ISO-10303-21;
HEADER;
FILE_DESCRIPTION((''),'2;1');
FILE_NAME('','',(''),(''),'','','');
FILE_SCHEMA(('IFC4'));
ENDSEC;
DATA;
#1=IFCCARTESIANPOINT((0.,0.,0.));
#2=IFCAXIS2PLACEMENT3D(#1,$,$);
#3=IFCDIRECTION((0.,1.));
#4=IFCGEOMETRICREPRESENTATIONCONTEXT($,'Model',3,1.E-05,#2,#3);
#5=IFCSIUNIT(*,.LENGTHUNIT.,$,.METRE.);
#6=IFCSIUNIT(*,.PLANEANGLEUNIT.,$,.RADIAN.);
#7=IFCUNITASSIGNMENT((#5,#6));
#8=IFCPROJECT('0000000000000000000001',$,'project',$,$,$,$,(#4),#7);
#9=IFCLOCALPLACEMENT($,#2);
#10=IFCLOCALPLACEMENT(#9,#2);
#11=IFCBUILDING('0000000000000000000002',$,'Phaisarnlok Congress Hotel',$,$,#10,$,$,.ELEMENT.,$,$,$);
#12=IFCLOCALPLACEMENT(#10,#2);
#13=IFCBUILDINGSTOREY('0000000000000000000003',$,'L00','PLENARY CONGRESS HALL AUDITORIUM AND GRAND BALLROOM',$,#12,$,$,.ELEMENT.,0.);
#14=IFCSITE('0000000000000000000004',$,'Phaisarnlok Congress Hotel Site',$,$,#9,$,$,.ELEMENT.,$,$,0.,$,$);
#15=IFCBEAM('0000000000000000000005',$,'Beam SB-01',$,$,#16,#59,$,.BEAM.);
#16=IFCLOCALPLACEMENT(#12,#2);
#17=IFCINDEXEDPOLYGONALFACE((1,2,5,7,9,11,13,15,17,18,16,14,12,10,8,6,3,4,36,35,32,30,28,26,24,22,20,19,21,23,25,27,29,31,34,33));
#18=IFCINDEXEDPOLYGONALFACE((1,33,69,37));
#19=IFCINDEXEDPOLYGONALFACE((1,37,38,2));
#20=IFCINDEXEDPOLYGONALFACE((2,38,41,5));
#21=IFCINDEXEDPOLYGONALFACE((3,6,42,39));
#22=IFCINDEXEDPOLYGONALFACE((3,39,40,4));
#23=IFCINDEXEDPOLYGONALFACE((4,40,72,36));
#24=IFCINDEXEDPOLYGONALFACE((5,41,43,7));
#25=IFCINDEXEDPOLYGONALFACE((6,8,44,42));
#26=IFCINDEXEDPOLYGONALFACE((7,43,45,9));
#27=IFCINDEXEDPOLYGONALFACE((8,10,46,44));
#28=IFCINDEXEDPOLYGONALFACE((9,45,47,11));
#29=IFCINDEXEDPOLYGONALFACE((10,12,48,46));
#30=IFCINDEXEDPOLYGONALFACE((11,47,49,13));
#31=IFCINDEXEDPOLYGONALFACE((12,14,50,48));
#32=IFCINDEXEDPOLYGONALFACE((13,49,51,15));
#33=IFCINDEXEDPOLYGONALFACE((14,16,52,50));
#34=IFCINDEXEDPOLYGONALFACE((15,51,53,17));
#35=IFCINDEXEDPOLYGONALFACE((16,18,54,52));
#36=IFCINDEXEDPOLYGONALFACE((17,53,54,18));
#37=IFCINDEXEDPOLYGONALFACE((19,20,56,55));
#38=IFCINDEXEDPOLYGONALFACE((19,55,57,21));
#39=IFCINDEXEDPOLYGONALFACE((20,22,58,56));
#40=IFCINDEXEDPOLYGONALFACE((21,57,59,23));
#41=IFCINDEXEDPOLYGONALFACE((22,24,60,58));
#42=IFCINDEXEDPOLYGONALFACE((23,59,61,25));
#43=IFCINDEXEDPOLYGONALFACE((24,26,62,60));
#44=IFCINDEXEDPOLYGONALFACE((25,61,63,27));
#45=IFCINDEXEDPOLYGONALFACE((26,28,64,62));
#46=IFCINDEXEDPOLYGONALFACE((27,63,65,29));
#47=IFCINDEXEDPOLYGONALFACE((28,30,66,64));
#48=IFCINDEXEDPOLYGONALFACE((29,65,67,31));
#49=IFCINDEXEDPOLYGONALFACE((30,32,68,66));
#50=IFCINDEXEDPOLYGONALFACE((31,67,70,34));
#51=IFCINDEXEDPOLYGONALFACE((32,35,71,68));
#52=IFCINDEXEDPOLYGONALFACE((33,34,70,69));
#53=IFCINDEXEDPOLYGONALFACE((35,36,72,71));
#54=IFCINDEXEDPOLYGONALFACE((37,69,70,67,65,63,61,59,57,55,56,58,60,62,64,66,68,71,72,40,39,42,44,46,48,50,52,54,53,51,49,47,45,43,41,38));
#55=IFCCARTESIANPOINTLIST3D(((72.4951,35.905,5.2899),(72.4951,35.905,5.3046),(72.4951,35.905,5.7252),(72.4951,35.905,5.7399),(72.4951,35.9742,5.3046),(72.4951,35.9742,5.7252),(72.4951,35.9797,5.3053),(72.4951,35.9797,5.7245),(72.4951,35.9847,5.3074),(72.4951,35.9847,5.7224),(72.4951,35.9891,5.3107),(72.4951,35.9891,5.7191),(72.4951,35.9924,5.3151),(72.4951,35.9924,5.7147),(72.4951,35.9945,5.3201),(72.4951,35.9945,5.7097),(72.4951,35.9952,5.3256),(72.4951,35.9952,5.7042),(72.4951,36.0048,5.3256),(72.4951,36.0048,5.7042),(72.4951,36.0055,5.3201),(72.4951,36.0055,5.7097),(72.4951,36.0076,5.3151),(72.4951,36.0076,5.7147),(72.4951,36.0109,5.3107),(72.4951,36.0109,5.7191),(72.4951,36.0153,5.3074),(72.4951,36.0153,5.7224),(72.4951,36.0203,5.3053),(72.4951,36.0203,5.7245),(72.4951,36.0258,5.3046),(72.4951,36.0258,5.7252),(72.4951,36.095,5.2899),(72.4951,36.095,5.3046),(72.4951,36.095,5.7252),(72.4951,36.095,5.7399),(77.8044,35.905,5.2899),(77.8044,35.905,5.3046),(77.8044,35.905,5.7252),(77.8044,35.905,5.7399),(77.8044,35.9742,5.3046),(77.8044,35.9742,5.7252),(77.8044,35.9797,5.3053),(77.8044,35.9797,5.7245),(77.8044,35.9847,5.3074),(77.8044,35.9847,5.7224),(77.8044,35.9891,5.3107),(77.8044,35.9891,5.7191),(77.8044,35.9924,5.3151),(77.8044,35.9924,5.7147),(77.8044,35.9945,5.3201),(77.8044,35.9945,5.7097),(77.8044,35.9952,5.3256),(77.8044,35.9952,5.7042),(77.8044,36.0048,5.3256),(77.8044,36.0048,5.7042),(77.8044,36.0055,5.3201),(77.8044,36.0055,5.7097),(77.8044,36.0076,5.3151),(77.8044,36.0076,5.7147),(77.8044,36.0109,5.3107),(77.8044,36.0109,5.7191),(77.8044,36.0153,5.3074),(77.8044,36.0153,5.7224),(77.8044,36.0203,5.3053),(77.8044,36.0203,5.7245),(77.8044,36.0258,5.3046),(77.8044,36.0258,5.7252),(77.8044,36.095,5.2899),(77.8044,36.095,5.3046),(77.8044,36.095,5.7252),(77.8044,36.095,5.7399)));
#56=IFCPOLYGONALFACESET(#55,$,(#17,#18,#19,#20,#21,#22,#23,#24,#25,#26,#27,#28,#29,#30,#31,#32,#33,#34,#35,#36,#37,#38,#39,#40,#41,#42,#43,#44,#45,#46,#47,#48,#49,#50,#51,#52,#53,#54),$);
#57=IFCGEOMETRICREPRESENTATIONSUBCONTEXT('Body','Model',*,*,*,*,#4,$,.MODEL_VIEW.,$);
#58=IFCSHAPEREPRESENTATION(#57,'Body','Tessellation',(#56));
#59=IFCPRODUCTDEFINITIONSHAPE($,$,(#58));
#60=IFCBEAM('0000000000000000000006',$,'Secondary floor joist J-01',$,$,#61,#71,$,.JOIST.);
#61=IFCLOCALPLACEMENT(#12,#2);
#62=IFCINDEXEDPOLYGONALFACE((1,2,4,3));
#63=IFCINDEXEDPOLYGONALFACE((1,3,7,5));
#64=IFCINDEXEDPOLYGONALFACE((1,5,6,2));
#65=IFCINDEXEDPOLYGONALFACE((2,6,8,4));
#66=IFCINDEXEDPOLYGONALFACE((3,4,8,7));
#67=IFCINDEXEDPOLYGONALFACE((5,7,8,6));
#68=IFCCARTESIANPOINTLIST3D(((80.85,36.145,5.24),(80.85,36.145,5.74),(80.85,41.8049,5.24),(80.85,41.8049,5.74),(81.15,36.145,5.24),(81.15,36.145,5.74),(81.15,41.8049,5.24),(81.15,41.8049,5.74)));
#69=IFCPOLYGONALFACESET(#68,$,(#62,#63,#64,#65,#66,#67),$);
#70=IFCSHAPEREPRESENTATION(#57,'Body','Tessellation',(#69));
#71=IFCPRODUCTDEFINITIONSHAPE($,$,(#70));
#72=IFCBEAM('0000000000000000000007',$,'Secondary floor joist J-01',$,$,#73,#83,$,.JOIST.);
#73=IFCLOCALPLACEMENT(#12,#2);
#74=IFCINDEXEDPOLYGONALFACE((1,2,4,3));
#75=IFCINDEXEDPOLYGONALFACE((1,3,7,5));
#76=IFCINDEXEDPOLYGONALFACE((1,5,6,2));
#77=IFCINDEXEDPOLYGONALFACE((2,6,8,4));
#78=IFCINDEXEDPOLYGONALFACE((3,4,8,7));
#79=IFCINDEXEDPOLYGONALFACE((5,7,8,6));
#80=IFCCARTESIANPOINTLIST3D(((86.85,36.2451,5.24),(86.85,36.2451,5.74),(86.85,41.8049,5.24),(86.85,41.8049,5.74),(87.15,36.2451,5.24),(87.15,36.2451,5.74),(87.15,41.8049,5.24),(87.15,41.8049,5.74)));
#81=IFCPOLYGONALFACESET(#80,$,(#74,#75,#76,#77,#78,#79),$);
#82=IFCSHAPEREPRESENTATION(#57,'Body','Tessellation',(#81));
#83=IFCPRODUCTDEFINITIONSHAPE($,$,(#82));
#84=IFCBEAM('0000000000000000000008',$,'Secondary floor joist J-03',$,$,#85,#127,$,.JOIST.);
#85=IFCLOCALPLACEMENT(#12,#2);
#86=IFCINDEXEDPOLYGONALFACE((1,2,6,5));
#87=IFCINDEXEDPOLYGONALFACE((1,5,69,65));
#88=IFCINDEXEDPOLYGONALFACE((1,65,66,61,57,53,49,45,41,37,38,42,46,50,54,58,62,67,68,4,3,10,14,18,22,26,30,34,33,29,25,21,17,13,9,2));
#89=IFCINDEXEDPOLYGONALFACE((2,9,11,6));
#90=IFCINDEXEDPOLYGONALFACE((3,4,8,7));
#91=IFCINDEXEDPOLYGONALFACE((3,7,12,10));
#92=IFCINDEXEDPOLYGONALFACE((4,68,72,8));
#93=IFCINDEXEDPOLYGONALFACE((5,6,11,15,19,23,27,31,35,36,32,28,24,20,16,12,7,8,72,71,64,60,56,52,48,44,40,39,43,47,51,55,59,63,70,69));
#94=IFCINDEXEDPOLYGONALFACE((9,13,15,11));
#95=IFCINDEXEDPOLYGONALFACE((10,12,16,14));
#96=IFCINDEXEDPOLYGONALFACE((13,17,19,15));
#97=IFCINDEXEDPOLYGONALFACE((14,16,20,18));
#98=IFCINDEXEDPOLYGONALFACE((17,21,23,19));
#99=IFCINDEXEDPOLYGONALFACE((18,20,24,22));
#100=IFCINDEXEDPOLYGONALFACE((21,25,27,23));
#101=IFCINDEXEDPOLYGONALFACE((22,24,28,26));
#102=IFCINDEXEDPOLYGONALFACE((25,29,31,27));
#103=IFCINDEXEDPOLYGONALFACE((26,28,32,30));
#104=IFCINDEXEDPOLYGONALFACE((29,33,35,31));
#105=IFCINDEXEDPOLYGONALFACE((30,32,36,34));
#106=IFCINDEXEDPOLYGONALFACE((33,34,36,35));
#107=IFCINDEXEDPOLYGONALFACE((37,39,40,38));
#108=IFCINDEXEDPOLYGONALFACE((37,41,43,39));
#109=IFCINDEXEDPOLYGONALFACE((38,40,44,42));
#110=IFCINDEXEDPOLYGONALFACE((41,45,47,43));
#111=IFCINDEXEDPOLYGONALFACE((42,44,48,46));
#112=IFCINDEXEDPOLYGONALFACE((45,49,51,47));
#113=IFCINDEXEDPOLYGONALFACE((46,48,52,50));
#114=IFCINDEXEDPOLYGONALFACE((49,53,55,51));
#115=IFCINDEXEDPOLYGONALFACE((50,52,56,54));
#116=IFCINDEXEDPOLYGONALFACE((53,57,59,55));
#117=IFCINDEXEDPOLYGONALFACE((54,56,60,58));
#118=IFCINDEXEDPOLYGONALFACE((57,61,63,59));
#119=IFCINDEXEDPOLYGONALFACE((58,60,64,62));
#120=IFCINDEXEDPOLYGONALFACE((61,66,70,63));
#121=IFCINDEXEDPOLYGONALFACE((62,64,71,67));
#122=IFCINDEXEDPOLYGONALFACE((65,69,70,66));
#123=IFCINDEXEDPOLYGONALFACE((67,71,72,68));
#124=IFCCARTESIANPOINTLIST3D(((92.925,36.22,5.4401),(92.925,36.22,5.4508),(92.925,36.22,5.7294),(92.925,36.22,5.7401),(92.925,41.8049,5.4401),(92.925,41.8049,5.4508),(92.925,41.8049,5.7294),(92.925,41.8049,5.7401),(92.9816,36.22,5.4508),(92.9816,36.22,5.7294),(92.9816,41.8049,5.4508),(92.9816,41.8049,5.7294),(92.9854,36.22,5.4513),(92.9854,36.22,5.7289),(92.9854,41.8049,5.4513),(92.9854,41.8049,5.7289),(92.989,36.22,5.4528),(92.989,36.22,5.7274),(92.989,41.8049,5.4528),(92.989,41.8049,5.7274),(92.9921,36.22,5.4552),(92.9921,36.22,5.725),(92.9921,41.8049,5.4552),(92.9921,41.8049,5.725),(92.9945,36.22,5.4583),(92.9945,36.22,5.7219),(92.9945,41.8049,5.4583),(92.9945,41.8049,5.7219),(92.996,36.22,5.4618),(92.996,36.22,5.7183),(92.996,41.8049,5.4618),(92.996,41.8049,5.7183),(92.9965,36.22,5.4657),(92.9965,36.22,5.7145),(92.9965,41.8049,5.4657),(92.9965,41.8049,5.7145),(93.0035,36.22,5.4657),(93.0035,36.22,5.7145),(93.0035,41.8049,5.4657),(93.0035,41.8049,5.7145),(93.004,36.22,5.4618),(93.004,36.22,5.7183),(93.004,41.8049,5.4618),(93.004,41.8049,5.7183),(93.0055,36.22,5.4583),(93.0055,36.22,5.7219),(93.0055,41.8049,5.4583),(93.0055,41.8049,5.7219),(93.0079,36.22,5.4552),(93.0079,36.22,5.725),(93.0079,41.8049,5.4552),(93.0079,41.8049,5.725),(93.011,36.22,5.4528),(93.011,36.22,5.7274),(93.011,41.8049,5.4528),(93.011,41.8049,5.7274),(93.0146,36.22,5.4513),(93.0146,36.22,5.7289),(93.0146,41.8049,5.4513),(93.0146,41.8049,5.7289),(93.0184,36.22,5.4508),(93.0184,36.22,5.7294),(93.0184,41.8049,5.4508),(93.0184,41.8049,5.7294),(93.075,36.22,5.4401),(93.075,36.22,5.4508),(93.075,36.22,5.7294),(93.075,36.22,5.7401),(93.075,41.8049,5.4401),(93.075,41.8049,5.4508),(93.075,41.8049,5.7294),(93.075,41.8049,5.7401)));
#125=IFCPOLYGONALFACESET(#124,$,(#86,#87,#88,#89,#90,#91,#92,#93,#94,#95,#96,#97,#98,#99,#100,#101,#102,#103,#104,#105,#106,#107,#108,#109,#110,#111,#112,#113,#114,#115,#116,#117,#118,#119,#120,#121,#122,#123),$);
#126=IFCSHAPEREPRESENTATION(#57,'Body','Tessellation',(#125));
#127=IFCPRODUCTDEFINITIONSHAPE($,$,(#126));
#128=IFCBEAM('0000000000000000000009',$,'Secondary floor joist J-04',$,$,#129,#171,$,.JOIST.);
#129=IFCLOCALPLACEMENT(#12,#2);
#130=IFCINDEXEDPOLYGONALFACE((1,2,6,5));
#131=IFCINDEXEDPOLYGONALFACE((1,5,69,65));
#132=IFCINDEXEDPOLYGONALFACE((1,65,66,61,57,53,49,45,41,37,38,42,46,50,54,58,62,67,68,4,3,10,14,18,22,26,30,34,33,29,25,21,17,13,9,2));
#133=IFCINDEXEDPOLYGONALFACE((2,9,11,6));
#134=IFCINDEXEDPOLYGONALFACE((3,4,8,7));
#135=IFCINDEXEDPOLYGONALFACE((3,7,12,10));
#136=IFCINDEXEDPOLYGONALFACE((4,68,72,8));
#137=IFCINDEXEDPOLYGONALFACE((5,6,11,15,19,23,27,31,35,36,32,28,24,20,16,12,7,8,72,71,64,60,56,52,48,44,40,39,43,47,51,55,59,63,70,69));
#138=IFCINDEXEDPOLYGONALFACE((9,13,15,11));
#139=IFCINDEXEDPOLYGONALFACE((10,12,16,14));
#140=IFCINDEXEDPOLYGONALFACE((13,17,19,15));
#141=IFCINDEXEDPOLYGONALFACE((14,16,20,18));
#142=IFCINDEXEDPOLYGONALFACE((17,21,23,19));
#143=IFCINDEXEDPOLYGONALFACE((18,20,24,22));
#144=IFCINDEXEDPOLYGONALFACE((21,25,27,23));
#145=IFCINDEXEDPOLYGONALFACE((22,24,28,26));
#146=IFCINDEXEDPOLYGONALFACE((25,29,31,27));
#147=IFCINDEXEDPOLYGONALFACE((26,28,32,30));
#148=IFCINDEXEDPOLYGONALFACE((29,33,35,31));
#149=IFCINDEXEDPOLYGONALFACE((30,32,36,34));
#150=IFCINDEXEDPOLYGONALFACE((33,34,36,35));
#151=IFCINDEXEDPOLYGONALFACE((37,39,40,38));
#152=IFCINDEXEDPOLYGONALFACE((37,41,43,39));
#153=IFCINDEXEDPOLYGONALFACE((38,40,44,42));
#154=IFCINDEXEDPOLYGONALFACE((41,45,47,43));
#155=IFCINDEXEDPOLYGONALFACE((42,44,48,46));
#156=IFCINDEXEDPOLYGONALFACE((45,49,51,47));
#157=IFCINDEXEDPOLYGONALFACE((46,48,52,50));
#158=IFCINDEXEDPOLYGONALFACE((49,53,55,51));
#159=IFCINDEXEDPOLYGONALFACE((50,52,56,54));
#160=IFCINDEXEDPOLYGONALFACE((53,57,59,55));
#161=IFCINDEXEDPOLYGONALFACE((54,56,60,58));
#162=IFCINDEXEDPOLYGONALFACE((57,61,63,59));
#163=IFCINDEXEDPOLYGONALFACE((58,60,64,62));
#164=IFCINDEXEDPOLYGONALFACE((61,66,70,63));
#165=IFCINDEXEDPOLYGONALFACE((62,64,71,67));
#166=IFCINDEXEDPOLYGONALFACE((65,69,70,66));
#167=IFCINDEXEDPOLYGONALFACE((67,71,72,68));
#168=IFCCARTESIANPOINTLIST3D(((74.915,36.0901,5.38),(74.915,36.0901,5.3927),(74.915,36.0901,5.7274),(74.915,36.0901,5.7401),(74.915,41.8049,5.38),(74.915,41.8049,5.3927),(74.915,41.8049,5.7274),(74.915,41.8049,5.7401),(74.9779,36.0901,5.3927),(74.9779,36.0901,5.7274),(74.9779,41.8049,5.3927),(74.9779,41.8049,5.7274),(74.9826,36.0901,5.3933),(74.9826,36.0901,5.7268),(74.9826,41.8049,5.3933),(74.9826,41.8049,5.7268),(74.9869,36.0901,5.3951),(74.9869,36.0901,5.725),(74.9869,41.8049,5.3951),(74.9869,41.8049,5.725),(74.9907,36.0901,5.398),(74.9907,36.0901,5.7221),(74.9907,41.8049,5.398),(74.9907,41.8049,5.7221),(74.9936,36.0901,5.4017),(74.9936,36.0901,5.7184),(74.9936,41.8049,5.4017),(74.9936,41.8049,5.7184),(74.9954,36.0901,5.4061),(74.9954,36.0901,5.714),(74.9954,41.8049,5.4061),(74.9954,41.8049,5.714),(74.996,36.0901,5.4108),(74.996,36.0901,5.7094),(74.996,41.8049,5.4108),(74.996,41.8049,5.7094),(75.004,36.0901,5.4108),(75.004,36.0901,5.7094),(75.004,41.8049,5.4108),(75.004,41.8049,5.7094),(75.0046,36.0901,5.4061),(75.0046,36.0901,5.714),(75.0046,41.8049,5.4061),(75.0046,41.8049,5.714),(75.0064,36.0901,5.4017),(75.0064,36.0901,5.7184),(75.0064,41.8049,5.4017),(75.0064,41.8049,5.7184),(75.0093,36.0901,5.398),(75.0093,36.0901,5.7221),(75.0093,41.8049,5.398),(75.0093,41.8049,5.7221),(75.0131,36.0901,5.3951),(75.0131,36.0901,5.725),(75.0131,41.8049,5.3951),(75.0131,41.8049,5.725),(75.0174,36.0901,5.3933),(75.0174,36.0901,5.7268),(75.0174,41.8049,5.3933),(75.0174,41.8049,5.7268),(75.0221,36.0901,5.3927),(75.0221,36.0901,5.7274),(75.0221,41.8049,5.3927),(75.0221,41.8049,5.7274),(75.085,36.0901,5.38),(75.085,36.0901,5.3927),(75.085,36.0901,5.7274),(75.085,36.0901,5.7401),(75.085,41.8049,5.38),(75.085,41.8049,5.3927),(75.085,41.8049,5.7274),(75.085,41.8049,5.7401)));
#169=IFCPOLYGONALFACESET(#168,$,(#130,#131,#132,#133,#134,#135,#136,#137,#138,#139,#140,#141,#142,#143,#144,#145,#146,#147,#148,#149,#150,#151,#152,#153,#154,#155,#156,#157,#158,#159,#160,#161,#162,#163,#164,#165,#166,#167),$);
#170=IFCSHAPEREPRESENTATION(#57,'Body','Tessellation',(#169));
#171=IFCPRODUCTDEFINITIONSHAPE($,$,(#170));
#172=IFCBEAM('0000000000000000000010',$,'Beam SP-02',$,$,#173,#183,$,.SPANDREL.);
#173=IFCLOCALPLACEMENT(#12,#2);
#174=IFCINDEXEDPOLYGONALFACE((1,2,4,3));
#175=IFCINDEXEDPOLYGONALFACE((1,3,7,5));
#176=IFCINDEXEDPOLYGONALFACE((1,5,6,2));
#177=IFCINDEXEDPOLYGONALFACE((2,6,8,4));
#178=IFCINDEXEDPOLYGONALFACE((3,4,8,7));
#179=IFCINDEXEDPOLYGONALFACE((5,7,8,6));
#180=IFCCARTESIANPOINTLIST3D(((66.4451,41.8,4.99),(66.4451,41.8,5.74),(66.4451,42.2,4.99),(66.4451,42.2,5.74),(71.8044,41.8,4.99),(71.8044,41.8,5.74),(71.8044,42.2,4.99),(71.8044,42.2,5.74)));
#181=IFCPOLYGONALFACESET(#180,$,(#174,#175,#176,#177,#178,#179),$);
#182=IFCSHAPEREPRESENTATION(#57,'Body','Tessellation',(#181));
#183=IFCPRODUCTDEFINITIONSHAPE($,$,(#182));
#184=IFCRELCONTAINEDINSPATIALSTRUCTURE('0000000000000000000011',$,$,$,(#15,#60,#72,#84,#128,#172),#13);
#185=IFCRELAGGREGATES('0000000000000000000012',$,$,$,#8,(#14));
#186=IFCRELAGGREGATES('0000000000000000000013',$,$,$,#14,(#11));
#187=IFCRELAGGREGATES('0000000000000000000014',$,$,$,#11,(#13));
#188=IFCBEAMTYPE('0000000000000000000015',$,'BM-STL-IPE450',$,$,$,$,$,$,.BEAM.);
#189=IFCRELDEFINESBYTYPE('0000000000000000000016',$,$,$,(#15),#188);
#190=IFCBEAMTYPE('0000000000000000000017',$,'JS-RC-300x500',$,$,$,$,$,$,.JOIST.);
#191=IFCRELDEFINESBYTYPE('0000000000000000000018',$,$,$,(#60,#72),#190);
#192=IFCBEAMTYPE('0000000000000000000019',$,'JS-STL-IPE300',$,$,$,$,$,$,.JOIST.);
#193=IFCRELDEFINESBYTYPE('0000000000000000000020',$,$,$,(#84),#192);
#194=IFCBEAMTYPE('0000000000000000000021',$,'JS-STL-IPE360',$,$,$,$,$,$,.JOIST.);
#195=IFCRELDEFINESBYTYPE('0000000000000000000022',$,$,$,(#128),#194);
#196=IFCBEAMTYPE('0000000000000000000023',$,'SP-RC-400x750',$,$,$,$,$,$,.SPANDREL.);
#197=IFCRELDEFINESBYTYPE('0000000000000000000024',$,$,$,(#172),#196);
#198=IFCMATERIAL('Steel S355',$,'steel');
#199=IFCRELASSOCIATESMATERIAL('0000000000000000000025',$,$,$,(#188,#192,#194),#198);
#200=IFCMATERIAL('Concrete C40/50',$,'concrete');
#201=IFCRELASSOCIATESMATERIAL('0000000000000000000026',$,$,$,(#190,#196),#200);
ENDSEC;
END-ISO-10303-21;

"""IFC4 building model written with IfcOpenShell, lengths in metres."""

from ifc_helpers import new_model, si_unit, direction, frame, origin, origin_2d, place, context, subcontext, project, spatial, rectangle, i_section, extrude, material, material_profile, profile_set, type_object, element, save


model = new_model("IFC4")

# Units and contexts
model_context = context("Model", 3, precision=1e-05, world=origin(), true_north=direction((0.0, 1.0)))
body_context = subcontext(model_context, "Body", "Model", "MODEL_VIEW")
ifc_project = project(units=[si_unit("LENGTHUNIT", "METRE"), si_unit("PLANEANGLEUNIT", "RADIAN")], contexts=[model_context])

# Site, building, storey
site_placement = place(None, origin())
site = spatial("IfcSite", under=ifc_project, at=site_placement, Name="Phaisarnlok Congress Hotel Site", CompositionType="ELEMENT", RefElevation=0.0)
building_placement = place(site_placement, origin())
building = spatial("IfcBuilding", under=site, at=building_placement, Name="Phaisarnlok Congress Hotel", CompositionType="ELEMENT")
storey_placement = place(building_placement, origin())
storey = spatial("IfcBuildingStorey", under=building, at=storey_placement, Name="L00", Description="PLENARY CONGRESS HALL AUDITORIUM AND GRAND BALLROOM", CompositionType="ELEMENT", Elevation=0.0)

# Shared definitions
ifc_material_1 = material(Name="Steel S355", Category="steel")

# Beams
ifc_material_2 = material(Name="Concrete C40/50", Category="concrete")
ifc_material_profile_1 = material_profile(ifc_material_1, i_section(OverallWidth=0.1899, OverallDepth=0.45, WebThickness=0.0095, FlangeThickness=0.0146, FilletRadius=0.021, at=origin_2d()), Name="IPE 450")
ifc_profile_set_1 = profile_set([ifc_material_profile_1], Name="Steel S355")
beam_type_1 = type_object("IfcBeamType", Name="BM-STL-IPE450", PredefinedType="BEAM", material=ifc_profile_set_1)
beam_1_placement = place(storey_placement, frame((72.4951, 36.0, 5.5149), z_axis=(1.0, 0.0, 0.0), x_axis=(0.0, 1.0, 0.0)))
element("IfcBeam", 1, at=beam_1_placement, inside=storey, type_object=beam_type_1, Name="Beam SB-01", PredefinedType="BEAM", context=body_context, shape_type="SweptSolid", body=[
    extrude(i_section(OverallWidth=0.1899, OverallDepth=0.45, WebThickness=0.0095, FlangeThickness=0.0146, FilletRadius=0.021, at=origin_2d()), origin(), (0.0, 0.0, 1.0), 5.3093),
])
ifc_material_profile_2 = material_profile(ifc_material_2, rectangle(XDim=0.3, YDim=0.5, at=origin_2d()), Name="RC 300x500")
ifc_profile_set_2 = profile_set([ifc_material_profile_2], Name="Concrete C40/50")
beam_type_2 = type_object("IfcBeamType", Name="JS-RC-300x500", PredefinedType="JOIST", material=ifc_profile_set_2)
beam_2_placement = place(storey_placement, frame((81.0, 36.145, 5.49), z_axis=(0.0, 1.0, 0.0), x_axis=(-1.0, 0.0, 0.0)))
element("IfcBeam", 2, at=beam_2_placement, inside=storey, type_object=beam_type_2, Name="Secondary floor joist J-01", PredefinedType="JOIST", context=body_context, shape_type="SweptSolid", body=[
    extrude(rectangle(XDim=0.3, YDim=0.5, at=origin_2d()), origin(), (0.0, 0.0, 1.0), 5.6599),
])
beam_3_placement = place(storey_placement, frame((87.0, 36.2451, 5.49), z_axis=(0.0, 1.0, 0.0), x_axis=(-1.0, 0.0, 0.0)))
element("IfcBeam", 3, at=beam_3_placement, inside=storey, type_object=beam_type_2, Name="Secondary floor joist J-01", PredefinedType="JOIST", context=body_context, shape_type="SweptSolid", body=[
    extrude(rectangle(XDim=0.3, YDim=0.5, at=origin_2d()), origin(), (0.0, 0.0, 1.0), 5.5598),
])
ifc_material_profile_3 = material_profile(ifc_material_1, i_section(OverallWidth=0.1499, OverallDepth=0.3, WebThickness=0.0071, FlangeThickness=0.0107, FilletRadius=0.0149, at=origin_2d()), Name="IPE 300")
ifc_profile_set_3 = profile_set([ifc_material_profile_3], Name="Steel S355")
beam_type_3 = type_object("IfcBeamType", Name="JS-STL-IPE300", PredefinedType="JOIST", material=ifc_profile_set_3)
beam_4_placement = place(storey_placement, frame((93.0, 36.22, 5.5901), z_axis=(0.0, 1.0, 0.0), x_axis=(-1.0, 0.0, 0.0)))
element("IfcBeam", 4, at=beam_4_placement, inside=storey, type_object=beam_type_3, Name="Secondary floor joist J-03", PredefinedType="JOIST", context=body_context, shape_type="SweptSolid", body=[
    extrude(i_section(OverallWidth=0.1499, OverallDepth=0.3, WebThickness=0.0071, FlangeThickness=0.0107, FilletRadius=0.0149, at=origin_2d()), origin(), (0.0, 0.0, 1.0), 5.585),
])
ifc_material_profile_4 = material_profile(ifc_material_1, i_section(OverallWidth=0.1699, OverallDepth=0.3601, WebThickness=0.0081, FlangeThickness=0.0127, FilletRadius=0.0181, at=origin_2d()), Name="IPE 360")
ifc_profile_set_4 = profile_set([ifc_material_profile_4], Name="Steel S355")
beam_type_4 = type_object("IfcBeamType", Name="JS-STL-IPE360", PredefinedType="JOIST", material=ifc_profile_set_4)
beam_5_placement = place(storey_placement, frame((75.0, 36.0901, 5.5601), z_axis=(0.0, 1.0, 0.0), x_axis=(-1.0, 0.0, 0.0)))
element("IfcBeam", 5, at=beam_5_placement, inside=storey, type_object=beam_type_4, Name="Secondary floor joist J-04", PredefinedType="JOIST", context=body_context, shape_type="SweptSolid", body=[
    extrude(i_section(OverallWidth=0.1699, OverallDepth=0.3601, WebThickness=0.0081, FlangeThickness=0.0127, FilletRadius=0.0181, at=origin_2d()), origin(), (0.0, 0.0, 1.0), 5.7148),
])
ifc_material_profile_5 = material_profile(ifc_material_2, rectangle(XDim=0.3999, YDim=0.75, at=origin_2d()), Name="RC 400x750")
ifc_profile_set_5 = profile_set([ifc_material_profile_5], Name="Concrete C40/50")
beam_type_5 = type_object("IfcBeamType", Name="SP-RC-400x750", PredefinedType="SPANDREL", material=ifc_profile_set_5)
beam_6_placement = place(storey_placement, frame((66.4451, 42.0, 5.365), z_axis=(1.0, 0.0, 0.0), x_axis=(0.0, 1.0, 0.0)))
element("IfcBeam", 6, at=beam_6_placement, inside=storey, type_object=beam_type_5, Name="Beam SP-02", PredefinedType="SPANDREL", context=body_context, shape_type="SweptSolid", body=[
    extrude(rectangle(XDim=0.3999, YDim=0.75, at=origin_2d()), origin(), (0.0, 0.0, 1.0), 5.3594),
])

save(model, "model.ifc")
